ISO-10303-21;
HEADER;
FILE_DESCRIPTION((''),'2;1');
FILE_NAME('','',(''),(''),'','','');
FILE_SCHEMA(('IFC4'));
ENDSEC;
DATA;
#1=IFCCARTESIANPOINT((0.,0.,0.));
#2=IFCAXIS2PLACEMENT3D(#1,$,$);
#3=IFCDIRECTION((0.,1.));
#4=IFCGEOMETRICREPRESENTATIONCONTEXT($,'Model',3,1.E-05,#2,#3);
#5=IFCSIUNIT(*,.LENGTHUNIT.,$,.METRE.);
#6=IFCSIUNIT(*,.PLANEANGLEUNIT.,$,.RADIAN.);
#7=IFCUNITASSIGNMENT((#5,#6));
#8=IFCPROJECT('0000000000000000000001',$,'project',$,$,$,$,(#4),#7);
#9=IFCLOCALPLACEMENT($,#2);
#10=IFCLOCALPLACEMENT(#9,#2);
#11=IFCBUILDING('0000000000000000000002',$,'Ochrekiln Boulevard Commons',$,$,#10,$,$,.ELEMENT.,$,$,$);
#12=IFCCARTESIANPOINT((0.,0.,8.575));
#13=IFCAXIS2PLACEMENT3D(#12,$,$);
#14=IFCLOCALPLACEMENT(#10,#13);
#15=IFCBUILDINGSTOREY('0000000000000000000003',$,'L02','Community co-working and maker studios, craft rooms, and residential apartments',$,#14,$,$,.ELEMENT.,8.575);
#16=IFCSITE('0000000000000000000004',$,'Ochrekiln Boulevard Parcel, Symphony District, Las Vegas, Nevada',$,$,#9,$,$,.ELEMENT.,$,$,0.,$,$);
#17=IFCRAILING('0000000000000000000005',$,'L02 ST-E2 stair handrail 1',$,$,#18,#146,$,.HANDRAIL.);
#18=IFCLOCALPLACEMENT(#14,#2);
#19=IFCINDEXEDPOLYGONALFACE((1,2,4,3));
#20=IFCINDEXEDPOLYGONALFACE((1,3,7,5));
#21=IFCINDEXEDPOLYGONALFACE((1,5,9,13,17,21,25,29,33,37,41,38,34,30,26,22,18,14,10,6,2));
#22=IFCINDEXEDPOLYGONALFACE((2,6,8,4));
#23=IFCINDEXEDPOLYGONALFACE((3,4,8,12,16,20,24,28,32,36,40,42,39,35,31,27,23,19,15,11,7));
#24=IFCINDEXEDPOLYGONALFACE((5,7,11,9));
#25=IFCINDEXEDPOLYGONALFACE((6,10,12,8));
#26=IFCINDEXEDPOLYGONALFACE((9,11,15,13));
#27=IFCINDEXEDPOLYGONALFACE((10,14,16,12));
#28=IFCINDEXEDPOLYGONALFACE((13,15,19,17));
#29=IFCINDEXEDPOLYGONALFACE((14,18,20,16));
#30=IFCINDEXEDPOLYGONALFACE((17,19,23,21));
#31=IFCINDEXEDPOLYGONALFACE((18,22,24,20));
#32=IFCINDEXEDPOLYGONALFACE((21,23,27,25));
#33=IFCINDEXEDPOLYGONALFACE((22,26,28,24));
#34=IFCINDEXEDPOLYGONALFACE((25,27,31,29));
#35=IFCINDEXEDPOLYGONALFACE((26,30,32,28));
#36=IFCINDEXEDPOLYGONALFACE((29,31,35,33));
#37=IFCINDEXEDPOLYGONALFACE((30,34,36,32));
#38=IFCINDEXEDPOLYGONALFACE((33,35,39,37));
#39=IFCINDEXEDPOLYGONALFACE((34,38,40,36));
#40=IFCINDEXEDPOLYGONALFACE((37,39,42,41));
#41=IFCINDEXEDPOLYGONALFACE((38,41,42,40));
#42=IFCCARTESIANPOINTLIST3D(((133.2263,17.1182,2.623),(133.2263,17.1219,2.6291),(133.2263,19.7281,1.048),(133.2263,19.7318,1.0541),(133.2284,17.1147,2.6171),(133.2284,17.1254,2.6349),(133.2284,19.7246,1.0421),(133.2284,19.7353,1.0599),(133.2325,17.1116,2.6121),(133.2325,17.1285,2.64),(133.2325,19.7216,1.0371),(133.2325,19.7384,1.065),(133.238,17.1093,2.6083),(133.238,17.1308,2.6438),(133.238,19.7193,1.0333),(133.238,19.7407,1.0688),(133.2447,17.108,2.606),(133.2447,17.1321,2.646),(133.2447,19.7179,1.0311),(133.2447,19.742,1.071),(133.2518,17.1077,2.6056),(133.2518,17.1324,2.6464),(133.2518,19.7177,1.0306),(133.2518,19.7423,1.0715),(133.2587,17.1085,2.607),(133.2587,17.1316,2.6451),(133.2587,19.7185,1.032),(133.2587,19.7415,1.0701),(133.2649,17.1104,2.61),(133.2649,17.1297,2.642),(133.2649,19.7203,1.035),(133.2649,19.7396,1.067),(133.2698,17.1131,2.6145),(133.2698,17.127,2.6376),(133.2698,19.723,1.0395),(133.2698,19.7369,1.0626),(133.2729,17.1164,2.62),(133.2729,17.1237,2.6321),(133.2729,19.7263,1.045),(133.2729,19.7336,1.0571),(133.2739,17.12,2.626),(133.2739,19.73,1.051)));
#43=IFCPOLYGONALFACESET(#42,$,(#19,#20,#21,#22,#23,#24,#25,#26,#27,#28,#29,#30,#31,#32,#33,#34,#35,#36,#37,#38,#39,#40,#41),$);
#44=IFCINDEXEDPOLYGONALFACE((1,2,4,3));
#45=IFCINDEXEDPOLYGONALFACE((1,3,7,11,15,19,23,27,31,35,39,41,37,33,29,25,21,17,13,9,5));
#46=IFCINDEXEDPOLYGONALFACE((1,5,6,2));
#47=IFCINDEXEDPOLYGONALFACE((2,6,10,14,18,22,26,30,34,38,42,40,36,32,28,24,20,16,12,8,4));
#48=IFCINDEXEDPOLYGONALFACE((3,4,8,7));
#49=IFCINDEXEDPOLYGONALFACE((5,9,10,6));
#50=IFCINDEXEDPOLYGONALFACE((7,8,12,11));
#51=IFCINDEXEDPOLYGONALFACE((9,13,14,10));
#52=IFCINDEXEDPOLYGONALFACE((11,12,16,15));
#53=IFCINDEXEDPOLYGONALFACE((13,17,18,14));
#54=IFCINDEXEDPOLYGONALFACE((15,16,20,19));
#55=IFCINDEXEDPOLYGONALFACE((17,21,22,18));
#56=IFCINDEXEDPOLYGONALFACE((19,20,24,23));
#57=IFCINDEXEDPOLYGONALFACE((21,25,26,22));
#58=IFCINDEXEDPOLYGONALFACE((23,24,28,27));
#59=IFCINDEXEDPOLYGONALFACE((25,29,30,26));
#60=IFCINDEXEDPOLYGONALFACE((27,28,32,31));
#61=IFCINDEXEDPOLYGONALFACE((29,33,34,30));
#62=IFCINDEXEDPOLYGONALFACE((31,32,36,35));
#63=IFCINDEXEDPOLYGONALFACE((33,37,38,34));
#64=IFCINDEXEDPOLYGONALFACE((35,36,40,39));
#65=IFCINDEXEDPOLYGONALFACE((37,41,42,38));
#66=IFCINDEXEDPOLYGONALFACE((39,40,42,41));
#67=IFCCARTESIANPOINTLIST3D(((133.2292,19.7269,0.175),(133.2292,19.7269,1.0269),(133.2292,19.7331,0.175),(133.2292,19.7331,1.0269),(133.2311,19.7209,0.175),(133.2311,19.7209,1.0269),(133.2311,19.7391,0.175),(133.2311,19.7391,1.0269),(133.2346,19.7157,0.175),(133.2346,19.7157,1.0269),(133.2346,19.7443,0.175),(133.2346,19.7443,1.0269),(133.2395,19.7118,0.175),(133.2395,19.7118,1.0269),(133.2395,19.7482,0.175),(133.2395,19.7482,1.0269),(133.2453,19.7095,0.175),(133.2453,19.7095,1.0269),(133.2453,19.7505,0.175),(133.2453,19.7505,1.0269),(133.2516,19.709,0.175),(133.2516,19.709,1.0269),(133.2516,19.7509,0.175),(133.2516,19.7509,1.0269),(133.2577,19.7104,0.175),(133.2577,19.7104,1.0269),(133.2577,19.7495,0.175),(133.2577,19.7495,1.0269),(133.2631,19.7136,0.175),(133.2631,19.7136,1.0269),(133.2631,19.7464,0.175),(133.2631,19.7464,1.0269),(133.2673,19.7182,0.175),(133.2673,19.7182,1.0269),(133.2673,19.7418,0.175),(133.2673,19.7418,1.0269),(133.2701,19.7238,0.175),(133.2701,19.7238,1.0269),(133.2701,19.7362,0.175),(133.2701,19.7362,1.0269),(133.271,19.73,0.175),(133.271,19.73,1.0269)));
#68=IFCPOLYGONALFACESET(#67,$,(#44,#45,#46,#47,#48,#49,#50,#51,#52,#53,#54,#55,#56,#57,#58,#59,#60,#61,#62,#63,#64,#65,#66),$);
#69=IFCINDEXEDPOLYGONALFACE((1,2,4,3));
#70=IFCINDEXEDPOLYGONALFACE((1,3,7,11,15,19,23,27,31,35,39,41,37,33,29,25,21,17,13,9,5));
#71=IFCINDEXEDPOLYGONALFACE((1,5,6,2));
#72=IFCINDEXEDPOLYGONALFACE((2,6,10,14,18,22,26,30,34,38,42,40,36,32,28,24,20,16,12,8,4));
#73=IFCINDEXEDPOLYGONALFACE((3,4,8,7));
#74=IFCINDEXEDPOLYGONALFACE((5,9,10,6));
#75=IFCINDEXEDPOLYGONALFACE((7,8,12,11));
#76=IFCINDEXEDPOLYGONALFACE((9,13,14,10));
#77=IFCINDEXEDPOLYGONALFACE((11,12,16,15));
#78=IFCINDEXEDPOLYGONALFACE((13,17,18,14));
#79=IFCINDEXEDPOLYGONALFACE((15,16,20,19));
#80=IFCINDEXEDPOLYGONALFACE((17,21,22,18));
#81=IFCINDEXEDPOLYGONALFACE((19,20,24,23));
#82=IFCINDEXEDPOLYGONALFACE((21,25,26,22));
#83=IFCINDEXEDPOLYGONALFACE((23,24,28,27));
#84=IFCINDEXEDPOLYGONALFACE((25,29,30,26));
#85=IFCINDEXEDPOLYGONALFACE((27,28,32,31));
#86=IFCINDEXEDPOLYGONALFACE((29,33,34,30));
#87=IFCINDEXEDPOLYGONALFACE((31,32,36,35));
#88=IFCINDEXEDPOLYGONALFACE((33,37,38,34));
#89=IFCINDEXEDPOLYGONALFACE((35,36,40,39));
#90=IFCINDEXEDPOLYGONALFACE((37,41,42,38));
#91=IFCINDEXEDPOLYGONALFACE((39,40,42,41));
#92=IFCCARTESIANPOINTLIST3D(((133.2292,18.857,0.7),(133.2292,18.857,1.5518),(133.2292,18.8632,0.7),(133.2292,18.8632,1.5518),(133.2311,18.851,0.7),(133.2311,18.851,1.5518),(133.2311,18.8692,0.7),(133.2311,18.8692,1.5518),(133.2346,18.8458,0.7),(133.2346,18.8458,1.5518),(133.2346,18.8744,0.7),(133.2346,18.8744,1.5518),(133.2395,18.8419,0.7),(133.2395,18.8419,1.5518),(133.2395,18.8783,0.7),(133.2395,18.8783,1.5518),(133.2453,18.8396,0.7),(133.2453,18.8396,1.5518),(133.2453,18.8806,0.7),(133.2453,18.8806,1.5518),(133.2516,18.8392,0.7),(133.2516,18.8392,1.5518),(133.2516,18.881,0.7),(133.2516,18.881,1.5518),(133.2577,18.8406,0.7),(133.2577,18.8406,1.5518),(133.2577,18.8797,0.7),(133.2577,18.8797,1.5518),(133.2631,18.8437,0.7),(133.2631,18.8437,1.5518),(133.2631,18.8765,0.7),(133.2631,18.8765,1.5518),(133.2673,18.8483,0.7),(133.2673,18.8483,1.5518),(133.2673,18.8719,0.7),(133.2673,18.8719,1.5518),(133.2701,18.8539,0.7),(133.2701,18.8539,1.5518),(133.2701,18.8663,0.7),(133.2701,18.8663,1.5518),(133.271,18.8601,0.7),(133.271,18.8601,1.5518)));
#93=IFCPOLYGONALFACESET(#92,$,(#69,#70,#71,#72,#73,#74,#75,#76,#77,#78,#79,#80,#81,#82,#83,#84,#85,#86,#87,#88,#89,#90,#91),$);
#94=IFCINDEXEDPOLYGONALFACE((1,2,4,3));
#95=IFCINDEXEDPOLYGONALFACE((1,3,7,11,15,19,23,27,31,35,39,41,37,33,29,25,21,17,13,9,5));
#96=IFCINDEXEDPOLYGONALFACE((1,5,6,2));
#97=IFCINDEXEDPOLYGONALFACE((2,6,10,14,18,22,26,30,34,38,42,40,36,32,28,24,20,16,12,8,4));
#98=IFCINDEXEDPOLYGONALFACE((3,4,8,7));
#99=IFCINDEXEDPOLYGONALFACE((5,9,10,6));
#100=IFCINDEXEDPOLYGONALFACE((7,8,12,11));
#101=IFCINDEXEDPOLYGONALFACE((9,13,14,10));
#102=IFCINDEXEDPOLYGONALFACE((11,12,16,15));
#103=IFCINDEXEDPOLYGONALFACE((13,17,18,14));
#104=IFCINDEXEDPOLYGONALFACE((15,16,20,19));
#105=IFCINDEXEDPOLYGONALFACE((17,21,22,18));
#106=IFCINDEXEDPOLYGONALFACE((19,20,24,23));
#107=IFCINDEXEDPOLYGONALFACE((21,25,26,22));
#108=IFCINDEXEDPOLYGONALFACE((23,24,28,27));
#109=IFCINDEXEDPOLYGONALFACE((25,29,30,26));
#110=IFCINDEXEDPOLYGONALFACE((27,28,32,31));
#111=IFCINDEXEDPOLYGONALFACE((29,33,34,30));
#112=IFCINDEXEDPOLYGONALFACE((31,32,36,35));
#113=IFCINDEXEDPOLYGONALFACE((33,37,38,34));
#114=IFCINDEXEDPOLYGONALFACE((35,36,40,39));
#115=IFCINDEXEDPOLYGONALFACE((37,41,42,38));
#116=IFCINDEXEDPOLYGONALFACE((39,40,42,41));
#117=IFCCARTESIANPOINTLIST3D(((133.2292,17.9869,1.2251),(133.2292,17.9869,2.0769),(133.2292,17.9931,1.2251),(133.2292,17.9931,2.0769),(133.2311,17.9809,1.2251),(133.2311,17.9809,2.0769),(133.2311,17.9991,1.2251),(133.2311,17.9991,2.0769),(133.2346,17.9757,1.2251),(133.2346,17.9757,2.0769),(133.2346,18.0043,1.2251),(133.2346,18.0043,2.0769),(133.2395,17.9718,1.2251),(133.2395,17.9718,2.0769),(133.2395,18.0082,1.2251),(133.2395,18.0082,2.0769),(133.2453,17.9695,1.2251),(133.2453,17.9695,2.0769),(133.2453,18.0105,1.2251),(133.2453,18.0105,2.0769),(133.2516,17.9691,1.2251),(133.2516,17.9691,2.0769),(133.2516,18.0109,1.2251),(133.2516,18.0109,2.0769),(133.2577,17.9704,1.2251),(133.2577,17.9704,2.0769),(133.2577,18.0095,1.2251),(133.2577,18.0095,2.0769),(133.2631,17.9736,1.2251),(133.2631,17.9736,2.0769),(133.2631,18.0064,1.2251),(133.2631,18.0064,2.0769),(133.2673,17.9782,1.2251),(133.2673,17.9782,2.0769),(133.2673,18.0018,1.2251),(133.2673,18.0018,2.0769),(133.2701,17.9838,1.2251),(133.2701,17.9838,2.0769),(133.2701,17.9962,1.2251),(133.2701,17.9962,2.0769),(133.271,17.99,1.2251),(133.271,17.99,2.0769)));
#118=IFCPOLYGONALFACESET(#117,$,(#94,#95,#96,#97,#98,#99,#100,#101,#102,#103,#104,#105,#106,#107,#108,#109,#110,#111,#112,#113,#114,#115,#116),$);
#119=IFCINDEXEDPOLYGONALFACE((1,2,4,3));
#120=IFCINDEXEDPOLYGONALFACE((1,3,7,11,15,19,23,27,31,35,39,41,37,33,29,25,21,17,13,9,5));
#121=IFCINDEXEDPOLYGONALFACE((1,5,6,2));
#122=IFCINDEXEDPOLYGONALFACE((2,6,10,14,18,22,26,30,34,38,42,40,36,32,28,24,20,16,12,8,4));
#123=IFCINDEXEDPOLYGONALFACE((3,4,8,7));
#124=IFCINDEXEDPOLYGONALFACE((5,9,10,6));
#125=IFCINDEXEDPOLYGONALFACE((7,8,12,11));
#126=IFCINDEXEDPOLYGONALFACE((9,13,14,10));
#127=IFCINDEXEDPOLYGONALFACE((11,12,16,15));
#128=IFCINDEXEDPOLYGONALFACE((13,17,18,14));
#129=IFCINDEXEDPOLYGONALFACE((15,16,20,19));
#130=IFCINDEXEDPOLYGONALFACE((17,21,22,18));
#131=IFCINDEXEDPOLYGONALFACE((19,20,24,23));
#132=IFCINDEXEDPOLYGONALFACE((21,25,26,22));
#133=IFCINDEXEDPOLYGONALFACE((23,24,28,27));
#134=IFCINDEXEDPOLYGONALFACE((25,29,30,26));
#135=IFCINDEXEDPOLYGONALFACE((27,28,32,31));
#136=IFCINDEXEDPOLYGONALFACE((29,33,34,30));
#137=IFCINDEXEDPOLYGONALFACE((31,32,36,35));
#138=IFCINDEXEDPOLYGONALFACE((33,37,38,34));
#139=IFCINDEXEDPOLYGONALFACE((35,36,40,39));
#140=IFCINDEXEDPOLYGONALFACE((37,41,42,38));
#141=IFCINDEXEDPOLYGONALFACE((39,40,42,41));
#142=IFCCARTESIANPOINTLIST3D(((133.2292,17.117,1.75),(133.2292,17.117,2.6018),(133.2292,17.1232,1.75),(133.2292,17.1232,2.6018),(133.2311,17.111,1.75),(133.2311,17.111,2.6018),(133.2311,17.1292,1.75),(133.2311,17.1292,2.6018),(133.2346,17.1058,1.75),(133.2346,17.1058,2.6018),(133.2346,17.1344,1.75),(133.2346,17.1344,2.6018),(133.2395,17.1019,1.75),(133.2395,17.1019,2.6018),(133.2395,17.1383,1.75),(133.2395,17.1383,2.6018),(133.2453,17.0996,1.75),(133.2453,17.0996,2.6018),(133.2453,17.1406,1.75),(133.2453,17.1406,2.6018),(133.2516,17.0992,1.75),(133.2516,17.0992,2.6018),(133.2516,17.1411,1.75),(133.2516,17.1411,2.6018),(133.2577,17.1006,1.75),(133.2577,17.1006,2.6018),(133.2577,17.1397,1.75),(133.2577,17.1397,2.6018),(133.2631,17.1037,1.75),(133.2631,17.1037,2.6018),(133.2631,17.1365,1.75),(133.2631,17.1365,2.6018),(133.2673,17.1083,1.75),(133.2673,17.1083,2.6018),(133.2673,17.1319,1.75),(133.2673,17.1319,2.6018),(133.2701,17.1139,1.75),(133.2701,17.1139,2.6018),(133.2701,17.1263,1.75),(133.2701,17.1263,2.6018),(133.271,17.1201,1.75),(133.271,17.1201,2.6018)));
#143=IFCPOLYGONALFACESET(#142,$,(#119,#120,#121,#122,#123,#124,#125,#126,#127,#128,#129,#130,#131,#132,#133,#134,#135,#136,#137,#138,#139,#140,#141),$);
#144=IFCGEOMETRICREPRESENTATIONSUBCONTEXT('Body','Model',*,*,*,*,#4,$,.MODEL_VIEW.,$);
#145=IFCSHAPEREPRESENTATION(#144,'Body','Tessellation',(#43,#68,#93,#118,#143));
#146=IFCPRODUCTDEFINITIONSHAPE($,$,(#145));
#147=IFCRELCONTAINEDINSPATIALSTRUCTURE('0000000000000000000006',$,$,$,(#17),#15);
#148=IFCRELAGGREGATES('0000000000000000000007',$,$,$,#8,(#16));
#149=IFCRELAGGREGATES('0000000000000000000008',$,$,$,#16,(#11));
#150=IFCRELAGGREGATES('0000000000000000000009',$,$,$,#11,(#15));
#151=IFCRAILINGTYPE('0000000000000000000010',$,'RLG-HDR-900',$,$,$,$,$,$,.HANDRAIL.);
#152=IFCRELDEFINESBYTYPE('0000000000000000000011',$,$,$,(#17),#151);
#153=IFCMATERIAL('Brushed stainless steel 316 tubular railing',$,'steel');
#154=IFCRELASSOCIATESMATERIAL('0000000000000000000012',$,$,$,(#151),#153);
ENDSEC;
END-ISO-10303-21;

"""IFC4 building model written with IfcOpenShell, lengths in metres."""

from ifc_helpers import new_model, si_unit, direction, frame, origin, origin_2d, place, context, subcontext, project, spatial, circle, extrude, material, type_object, element, save


model = new_model("IFC4")

# Units and contexts
model_context = context("Model", 3, precision=1e-05, world=origin(), true_north=direction((0.0, 1.0)))
body_context = subcontext(model_context, "Body", "Model", "MODEL_VIEW")
ifc_project = project(units=[si_unit("LENGTHUNIT", "METRE"), si_unit("PLANEANGLEUNIT", "RADIAN")], contexts=[model_context])

# Site, building, storey
site_placement = place(None, origin())
site = spatial("IfcSite", under=ifc_project, at=site_placement, Name="Ochrekiln Boulevard Parcel, Symphony District, Las Vegas, Nevada", CompositionType="ELEMENT", RefElevation=0.0)
building_placement = place(site_placement, origin())
building = spatial("IfcBuilding", under=site, at=building_placement, Name="Ochrekiln Boulevard Commons", CompositionType="ELEMENT")
storey_placement = place(building_placement, frame((0.0, 0.0, 8.575)))
storey = spatial("IfcBuildingStorey", under=building, at=storey_placement, Name="L02", Description="Community co-working and maker studios, craft rooms, and residential apartments", CompositionType="ELEMENT", Elevation=8.575)

# Railing
ifc_material_1 = material(Name="Brushed stainless steel 316 tubular railing", Category="steel")
railing_type_1 = type_object("IfcRailingType", Name="RLG-HDR-900", PredefinedType="HANDRAIL", material=ifc_material_1)
for number, where, name in (
    (1, (133.25, 19.73, 0.175), "L02 ST-E2 stair handrail 1"),
):
    element("IfcRailing", number, at=place(storey_placement, frame(where)), inside=storey, type_object=railing_type_1, Name=name, PredefinedType="HANDRAIL", context=body_context, shape_type="SweptSolid", body=[
        extrude(circle(Radius=0.0239, at=origin_2d()), frame((0.0, 0.0, 0.876), z_axis=(0.0, -0.856183, 0.516673), x_axis=(1.0, 0.0, 0.0)), (0.0, 0.0, 1.0), 3.0483),
        extrude(circle(Radius=0.021, at=origin_2d()), origin(), (0.0, 0.0, 1.0), 0.8518),
        extrude(circle(Radius=0.021, at=origin_2d()), frame((0.0, -0.8699, 0.5249)), (0.0, 0.0, 1.0), 0.8518),
        extrude(circle(Radius=0.021, at=origin_2d()), frame((0.0, -1.74, 1.05)), (0.0, 0.0, 1.0), 0.8518),
        extrude(circle(Radius=0.021, at=origin_2d()), frame((0.0, -2.6099, 1.575)), (0.0, 0.0, 1.0), 0.8518),
    ])

save(model, "model.ifc")
